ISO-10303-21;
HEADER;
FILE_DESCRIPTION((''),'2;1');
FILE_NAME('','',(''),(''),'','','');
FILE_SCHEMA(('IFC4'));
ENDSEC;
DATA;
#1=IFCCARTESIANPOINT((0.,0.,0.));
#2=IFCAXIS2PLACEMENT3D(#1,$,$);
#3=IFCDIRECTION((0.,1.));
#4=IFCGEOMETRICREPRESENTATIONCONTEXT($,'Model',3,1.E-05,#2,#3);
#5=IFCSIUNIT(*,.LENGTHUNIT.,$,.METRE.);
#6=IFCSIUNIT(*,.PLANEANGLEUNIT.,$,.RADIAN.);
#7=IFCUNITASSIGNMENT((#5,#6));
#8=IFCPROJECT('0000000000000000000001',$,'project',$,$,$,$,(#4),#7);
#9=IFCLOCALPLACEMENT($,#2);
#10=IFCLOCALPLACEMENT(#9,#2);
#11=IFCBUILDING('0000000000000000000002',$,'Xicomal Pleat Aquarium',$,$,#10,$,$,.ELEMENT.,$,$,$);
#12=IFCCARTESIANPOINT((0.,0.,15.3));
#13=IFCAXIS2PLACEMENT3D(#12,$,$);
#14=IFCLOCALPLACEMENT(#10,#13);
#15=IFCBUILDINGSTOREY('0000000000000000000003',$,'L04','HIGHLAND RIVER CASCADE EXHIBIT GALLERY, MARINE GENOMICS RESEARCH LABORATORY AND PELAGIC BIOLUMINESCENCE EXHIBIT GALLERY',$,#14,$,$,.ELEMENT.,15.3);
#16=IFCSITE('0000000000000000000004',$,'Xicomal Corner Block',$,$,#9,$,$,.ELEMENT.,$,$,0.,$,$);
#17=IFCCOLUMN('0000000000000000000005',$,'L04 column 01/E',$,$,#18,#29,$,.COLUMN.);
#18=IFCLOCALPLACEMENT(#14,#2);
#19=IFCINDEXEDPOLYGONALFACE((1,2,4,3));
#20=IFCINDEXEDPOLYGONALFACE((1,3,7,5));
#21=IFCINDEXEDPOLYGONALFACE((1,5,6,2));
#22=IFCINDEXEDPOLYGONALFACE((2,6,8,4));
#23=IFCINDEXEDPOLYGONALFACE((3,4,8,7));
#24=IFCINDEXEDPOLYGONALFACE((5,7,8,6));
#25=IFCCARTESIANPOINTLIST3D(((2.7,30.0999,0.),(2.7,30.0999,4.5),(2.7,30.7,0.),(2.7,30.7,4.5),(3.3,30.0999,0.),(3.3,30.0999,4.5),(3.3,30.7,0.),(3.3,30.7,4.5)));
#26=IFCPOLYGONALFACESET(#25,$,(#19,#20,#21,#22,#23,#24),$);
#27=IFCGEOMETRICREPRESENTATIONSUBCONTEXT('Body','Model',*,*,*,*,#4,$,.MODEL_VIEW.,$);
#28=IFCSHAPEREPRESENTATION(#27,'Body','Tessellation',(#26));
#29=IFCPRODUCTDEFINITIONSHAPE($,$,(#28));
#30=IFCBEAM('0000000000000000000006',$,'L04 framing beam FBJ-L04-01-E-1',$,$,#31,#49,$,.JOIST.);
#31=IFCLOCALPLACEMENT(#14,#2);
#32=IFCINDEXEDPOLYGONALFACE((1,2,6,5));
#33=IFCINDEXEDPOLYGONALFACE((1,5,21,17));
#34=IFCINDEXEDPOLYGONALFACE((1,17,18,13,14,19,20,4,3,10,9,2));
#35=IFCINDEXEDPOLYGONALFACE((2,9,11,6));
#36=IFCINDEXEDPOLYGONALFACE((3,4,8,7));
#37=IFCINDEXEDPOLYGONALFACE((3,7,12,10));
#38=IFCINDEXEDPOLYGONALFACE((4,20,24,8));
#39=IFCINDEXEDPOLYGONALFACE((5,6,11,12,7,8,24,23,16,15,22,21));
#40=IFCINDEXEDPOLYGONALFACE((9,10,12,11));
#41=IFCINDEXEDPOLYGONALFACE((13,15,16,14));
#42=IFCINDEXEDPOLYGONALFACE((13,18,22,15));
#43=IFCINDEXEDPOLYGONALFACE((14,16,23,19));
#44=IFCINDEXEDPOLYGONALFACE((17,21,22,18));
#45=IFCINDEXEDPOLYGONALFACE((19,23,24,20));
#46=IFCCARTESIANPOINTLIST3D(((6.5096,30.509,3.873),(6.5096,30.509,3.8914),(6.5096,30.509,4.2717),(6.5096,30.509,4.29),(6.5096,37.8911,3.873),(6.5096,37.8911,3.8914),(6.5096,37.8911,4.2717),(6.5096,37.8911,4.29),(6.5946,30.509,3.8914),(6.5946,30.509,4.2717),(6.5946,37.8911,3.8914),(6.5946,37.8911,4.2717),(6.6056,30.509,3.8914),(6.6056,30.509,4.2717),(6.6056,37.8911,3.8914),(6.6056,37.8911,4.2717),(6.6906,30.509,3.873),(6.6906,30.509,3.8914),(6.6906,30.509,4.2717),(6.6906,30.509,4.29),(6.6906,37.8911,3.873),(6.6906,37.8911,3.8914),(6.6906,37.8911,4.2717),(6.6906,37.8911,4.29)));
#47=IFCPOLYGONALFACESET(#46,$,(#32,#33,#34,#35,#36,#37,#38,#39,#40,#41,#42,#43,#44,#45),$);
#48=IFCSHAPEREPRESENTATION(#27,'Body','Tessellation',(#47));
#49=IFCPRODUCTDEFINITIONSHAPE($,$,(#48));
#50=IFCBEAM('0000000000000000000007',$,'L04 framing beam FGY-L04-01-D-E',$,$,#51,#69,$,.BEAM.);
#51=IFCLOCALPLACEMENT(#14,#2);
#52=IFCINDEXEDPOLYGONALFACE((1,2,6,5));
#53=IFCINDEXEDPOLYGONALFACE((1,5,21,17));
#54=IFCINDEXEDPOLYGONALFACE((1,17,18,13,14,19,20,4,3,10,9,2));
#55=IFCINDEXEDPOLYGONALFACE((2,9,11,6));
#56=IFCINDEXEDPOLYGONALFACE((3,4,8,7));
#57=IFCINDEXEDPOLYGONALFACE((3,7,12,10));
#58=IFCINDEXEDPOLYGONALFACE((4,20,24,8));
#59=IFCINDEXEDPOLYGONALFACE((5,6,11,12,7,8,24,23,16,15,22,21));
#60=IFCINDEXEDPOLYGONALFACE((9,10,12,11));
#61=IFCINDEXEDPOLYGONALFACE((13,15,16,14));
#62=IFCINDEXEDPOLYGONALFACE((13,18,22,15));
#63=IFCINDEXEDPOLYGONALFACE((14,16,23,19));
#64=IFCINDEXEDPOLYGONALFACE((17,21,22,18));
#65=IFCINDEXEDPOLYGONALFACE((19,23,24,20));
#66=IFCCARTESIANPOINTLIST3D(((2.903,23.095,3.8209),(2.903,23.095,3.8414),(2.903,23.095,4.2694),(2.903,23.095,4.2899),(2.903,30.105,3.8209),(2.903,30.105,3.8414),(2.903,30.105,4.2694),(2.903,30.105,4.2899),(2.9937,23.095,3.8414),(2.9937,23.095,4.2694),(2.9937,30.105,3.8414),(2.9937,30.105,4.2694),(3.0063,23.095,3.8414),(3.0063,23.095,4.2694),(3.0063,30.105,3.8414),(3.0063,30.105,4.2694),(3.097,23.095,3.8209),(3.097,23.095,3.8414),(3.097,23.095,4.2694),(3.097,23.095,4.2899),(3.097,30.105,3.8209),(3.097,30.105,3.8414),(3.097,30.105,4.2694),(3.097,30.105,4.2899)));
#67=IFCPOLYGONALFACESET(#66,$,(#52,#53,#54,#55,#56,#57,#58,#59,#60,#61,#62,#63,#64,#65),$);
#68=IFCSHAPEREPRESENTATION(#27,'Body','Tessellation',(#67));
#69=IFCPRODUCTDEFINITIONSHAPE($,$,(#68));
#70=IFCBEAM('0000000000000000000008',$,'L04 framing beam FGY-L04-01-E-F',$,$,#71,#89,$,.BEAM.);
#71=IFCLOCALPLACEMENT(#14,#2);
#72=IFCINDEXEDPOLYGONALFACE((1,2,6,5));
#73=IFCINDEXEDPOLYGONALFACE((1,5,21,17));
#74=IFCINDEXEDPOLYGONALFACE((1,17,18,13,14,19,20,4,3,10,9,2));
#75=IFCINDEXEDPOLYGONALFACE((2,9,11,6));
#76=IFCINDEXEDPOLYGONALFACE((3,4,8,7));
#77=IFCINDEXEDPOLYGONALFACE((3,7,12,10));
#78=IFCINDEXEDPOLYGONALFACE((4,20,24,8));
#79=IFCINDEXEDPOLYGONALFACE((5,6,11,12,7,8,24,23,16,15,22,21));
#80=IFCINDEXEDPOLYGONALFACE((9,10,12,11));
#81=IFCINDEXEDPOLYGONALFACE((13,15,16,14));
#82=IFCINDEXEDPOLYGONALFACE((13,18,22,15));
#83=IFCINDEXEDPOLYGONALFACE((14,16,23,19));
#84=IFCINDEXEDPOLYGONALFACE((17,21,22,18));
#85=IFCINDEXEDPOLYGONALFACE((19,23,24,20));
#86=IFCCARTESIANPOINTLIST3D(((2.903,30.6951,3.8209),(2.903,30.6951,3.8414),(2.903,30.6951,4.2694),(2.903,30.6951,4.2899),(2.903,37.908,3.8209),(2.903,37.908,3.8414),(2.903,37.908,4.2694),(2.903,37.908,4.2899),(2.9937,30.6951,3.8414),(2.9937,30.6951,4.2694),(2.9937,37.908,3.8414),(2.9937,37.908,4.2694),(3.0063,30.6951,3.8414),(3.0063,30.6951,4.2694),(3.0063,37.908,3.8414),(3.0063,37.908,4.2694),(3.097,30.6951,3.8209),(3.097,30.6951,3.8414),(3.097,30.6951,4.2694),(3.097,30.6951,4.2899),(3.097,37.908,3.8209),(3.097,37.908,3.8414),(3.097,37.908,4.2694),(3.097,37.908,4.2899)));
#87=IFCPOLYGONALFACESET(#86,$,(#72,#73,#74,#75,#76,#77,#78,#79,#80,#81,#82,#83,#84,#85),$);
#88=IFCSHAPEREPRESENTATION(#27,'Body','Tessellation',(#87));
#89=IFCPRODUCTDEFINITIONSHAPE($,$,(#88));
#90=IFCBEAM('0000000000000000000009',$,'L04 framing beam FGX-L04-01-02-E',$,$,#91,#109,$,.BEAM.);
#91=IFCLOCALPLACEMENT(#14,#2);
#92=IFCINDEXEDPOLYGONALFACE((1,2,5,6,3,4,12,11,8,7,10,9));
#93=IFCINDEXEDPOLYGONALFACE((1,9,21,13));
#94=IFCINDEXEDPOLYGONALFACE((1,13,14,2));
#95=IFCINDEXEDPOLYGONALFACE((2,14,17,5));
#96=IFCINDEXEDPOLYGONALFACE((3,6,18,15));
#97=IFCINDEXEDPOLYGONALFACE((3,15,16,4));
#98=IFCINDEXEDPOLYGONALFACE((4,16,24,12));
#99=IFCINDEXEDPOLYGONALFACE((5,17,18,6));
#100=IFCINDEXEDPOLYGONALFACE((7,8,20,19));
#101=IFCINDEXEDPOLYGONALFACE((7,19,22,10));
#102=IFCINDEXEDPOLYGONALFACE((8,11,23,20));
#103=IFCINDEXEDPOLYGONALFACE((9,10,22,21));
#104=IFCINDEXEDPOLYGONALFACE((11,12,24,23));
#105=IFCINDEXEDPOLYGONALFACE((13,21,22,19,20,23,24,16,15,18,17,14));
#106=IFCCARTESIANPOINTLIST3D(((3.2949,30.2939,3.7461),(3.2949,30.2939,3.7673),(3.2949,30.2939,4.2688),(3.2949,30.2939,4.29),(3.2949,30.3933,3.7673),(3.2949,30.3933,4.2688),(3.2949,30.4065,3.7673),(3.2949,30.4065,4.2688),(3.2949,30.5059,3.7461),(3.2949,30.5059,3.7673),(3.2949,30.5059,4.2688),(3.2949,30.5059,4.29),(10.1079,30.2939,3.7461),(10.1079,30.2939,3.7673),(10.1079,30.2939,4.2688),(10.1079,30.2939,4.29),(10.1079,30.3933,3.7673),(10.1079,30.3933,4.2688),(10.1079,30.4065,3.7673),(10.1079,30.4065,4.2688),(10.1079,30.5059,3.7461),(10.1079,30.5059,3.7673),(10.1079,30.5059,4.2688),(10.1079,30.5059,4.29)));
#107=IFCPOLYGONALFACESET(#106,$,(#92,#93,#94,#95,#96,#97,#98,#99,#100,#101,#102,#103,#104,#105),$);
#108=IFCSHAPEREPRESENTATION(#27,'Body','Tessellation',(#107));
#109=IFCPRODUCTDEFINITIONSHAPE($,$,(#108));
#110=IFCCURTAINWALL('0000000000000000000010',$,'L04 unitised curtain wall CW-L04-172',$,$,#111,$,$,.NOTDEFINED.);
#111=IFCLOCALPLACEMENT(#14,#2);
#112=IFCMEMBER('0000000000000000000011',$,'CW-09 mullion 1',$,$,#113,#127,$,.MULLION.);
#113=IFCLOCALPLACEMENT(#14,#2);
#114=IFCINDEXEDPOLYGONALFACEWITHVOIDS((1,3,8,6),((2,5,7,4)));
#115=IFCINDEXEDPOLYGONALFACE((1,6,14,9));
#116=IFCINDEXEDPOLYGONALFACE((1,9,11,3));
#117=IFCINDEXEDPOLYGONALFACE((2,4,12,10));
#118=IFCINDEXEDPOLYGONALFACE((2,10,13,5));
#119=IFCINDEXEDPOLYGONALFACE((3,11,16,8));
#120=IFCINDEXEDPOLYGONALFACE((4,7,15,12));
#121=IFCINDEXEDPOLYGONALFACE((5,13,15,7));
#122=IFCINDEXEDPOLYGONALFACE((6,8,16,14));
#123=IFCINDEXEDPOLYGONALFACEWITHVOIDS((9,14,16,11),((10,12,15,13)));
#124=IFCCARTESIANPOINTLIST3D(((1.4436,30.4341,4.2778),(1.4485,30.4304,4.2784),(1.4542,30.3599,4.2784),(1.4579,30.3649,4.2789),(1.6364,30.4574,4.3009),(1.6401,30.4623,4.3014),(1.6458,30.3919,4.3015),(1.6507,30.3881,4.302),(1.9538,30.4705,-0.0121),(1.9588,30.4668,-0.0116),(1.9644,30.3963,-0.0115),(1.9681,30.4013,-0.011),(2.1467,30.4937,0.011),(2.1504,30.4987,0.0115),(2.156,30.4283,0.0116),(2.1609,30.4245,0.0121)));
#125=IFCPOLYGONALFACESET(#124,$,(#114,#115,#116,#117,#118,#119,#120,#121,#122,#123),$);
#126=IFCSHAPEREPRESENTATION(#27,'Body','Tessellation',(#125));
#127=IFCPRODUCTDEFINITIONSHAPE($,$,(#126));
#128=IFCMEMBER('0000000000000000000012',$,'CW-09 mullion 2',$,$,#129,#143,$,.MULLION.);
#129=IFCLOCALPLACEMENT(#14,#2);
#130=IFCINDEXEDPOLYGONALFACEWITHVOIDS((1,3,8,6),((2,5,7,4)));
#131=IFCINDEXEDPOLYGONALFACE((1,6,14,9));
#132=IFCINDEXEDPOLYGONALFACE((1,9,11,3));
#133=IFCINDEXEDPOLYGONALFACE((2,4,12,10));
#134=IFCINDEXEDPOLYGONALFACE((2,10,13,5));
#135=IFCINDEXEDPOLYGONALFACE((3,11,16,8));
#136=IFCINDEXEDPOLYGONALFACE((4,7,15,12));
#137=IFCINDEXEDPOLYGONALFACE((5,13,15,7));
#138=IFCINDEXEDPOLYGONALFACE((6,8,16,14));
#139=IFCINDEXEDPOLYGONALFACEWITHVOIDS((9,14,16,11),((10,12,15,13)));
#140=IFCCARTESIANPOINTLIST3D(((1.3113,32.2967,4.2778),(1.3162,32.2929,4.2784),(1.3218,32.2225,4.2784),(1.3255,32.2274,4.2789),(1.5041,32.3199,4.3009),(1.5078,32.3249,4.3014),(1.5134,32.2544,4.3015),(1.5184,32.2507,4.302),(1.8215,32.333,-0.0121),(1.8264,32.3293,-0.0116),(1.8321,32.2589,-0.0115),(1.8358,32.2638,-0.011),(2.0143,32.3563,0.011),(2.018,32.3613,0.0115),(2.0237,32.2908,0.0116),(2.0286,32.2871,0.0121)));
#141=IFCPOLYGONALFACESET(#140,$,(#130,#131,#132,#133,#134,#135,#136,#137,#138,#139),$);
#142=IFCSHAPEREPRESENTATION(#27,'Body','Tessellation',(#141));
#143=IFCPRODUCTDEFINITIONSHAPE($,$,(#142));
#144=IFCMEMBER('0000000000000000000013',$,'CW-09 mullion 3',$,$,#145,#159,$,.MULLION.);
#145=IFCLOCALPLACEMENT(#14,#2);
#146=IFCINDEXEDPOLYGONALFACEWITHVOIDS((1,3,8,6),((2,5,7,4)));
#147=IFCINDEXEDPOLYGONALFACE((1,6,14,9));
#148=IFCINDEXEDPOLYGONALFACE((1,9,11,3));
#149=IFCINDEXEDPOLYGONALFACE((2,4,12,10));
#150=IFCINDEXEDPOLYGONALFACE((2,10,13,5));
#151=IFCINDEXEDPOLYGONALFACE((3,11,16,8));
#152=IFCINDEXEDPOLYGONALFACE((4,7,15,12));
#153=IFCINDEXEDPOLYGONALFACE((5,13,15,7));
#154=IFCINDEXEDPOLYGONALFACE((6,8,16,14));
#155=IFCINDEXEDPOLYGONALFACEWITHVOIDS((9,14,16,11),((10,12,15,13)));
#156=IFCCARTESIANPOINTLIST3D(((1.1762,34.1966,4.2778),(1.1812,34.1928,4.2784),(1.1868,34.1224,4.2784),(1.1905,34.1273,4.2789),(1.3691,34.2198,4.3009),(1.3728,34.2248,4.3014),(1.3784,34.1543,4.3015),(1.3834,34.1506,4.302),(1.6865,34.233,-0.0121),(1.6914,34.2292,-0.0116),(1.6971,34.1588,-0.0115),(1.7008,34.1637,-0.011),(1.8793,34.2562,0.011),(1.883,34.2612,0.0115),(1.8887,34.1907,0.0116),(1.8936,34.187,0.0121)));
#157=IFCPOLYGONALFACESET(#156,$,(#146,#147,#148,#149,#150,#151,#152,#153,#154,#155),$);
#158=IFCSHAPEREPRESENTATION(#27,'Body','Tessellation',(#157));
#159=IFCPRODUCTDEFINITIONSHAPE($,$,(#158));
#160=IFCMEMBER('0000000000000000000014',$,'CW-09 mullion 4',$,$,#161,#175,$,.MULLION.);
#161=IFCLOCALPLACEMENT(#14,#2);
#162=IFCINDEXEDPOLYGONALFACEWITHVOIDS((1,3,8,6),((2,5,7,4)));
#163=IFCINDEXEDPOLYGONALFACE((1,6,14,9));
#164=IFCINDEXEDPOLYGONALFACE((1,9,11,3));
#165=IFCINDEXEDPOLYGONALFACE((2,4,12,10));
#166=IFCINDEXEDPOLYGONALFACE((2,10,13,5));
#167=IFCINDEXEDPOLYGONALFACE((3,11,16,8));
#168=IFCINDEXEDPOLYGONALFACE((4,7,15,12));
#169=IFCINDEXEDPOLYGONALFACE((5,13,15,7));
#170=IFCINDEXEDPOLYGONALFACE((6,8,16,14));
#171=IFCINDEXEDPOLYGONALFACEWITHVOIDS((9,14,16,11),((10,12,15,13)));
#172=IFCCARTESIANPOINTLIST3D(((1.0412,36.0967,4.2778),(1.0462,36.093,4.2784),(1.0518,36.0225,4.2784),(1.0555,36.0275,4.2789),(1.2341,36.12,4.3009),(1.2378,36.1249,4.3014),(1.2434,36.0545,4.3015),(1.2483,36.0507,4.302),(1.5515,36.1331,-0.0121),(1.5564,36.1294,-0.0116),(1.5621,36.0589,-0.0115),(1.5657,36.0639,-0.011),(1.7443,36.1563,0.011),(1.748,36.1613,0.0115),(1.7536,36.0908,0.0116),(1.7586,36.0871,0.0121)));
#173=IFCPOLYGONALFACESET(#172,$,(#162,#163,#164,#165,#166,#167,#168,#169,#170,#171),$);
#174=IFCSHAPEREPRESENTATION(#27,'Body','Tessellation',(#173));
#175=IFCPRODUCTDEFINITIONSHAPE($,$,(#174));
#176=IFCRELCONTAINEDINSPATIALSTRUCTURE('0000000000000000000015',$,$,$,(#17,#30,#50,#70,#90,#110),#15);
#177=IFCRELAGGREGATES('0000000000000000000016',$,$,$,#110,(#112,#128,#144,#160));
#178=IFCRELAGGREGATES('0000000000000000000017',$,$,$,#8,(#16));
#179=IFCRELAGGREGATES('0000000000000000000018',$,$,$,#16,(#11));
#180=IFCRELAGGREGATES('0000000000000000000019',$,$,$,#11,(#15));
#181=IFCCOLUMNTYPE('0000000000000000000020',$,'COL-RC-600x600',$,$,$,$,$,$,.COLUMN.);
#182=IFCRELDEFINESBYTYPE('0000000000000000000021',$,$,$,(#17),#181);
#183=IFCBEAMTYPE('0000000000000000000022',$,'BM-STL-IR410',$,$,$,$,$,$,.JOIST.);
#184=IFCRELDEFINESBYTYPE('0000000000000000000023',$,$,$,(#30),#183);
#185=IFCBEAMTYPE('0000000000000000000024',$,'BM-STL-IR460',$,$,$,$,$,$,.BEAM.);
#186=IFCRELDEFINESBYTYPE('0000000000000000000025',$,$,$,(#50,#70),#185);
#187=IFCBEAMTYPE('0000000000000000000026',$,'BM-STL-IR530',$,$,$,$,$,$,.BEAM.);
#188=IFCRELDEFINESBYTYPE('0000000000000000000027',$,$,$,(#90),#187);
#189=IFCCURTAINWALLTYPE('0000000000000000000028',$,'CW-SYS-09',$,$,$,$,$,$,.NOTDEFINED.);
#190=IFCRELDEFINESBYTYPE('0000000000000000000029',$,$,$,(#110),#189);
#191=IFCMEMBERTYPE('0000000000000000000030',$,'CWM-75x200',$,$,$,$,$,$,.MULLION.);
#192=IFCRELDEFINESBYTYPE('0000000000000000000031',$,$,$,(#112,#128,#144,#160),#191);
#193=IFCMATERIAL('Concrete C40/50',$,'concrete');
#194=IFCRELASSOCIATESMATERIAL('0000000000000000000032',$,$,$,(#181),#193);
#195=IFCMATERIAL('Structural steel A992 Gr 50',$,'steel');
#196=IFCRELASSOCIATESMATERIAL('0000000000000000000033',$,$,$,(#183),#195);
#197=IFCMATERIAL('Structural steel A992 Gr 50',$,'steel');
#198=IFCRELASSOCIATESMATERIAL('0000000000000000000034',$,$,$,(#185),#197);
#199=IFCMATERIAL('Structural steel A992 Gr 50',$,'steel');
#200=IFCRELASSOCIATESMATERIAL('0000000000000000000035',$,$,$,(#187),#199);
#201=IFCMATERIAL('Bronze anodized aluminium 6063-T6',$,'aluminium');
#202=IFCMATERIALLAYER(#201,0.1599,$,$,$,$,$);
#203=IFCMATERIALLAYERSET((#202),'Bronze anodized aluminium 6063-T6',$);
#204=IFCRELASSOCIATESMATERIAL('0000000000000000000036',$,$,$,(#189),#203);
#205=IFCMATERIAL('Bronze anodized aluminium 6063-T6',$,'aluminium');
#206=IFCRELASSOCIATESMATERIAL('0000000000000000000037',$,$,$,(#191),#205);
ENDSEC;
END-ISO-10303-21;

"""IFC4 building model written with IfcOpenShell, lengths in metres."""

from ifc_helpers import new_model, si_unit, direction, frame, origin, origin_2d, place, context, subcontext, project, spatial, rectangle, hollow_rectangle, i_section, extrude, material, layer, layer_set, material_profile, profile_set, type_object, element, aggregate, save


model = new_model("IFC4")

# Units and contexts
model_context = context("Model", 3, precision=1e-05, world=origin(), true_north=direction((0.0, 1.0)))
body_context = subcontext(model_context, "Body", "Model", "MODEL_VIEW")
ifc_project = project(units=[si_unit("LENGTHUNIT", "METRE"), si_unit("PLANEANGLEUNIT", "RADIAN")], contexts=[model_context])

# Site, building, storey
site_placement = place(None, origin())
site = spatial("IfcSite", under=ifc_project, at=site_placement, Name="Xicomal Corner Block", CompositionType="ELEMENT", RefElevation=0.0)
building_placement = place(site_placement, origin())
building = spatial("IfcBuilding", under=site, at=building_placement, Name="Xicomal Pleat Aquarium", CompositionType="ELEMENT")
storey_placement = place(building_placement, frame((0.0, 0.0, 15.3)))
storey = spatial("IfcBuildingStorey", under=building, at=storey_placement, Name="L04", Description="HIGHLAND RIVER CASCADE EXHIBIT GALLERY, MARINE GENOMICS RESEARCH LABORATORY AND PELAGIC BIOLUMINESCENCE EXHIBIT GALLERY", CompositionType="ELEMENT", Elevation=15.3)

# Column
ifc_material_1 = material(Name="Concrete C40/50", Category="concrete")
ifc_material_profile_1 = material_profile(ifc_material_1, rectangle(XDim=0.6001, YDim=0.6001, at=origin_2d()), Name="RC 600x600")
ifc_profile_set_1 = profile_set([ifc_material_profile_1], Name="Concrete C40/50")
column_type = type_object("IfcColumnType", Name="COL-RC-600x600", PredefinedType="COLUMN", material=ifc_profile_set_1)
column_placement = place(storey_placement, frame((3.0, 30.3999, 0.0), z_axis=(0.0, 0.0, 1.0), x_axis=(1.0, 0.0, 0.0)))
element("IfcColumn", 1, at=column_placement, inside=storey, type_object=column_type, Name="L04 column 01/E", PredefinedType="COLUMN", context=body_context, shape_type="SweptSolid", body=[
    extrude(rectangle(XDim=0.6001, YDim=0.6001, at=origin_2d()), origin(), (0.0, 0.0, 1.0), 4.5),
])

# Beams
ifc_material_2 = material(Name="Structural steel A992 Gr 50", Category="steel")
ifc_material_profile_2 = material_profile(ifc_material_2, i_section(OverallWidth=0.1809, OverallDepth=0.417, WebThickness=0.011, FlangeThickness=0.0183, at=origin_2d()), Name="IR 410x85")
ifc_profile_set_2 = profile_set([ifc_material_profile_2], Name="Structural steel A992 Gr 50")
beam_type_1 = type_object("IfcBeamType", Name="BM-STL-IR410", PredefinedType="JOIST", material=ifc_profile_set_2)
beam_1_placement = place(storey_placement, frame((6.6001, 30.509, 4.0815), z_axis=(0.0, 1.0, 0.0), x_axis=(-1.0, 0.0, 0.0)))
element("IfcBeam", 2, at=beam_1_placement, inside=storey, type_object=beam_type_1, Name="L04 framing beam FBJ-L04-01-E-1", PredefinedType="JOIST", context=body_context, shape_type="SweptSolid", body=[
    extrude(i_section(OverallWidth=0.1809, OverallDepth=0.417, WebThickness=0.011, FlangeThickness=0.0183, at=origin_2d()), origin(), (0.0, 0.0, 1.0), 7.3821),
])
ifc_material_3 = material(Name="Structural steel A992 Gr 50", Category="steel")
ifc_material_profile_3 = material_profile(ifc_material_3, i_section(OverallWidth=0.1941, OverallDepth=0.469, WebThickness=0.0127, FlangeThickness=0.0205, at=origin_2d()), Name="IR 460x106")
ifc_profile_set_3 = profile_set([ifc_material_profile_3], Name="Structural steel A992 Gr 50")
beam_type_2 = type_object("IfcBeamType", Name="BM-STL-IR460", PredefinedType="BEAM", material=ifc_profile_set_3)
beam_2_placement = place(storey_placement, frame((3.0, 23.095, 4.0554), z_axis=(0.0, 1.0, 0.0), x_axis=(-1.0, 0.0, 0.0)))
element("IfcBeam", 3, at=beam_2_placement, inside=storey, type_object=beam_type_2, Name="L04 framing beam FGY-L04-01-D-E", PredefinedType="BEAM", context=body_context, shape_type="SweptSolid", body=[
    extrude(i_section(OverallWidth=0.1941, OverallDepth=0.469, WebThickness=0.0127, FlangeThickness=0.0205, at=origin_2d()), origin(), (0.0, 0.0, 1.0), 7.01),
])
beam_3_placement = place(storey_placement, frame((3.0, 30.6951, 4.0554), z_axis=(0.0, 1.0, 0.0), x_axis=(-1.0, 0.0, 0.0)))
element("IfcBeam", 4, at=beam_3_placement, inside=storey, type_object=beam_type_2, Name="L04 framing beam FGY-L04-01-E-F", PredefinedType="BEAM", context=body_context, shape_type="SweptSolid", body=[
    extrude(i_section(OverallWidth=0.1941, OverallDepth=0.469, WebThickness=0.0127, FlangeThickness=0.0205, at=origin_2d()), origin(), (0.0, 0.0, 1.0), 7.2129),
])
ifc_material_4 = material(Name="Structural steel A992 Gr 50", Category="steel")
ifc_material_profile_4 = material_profile(ifc_material_4, i_section(OverallWidth=0.2119, OverallDepth=0.5439, WebThickness=0.0132, FlangeThickness=0.0212, at=origin_2d()), Name="IR 530x123")
ifc_profile_set_4 = profile_set([ifc_material_profile_4], Name="Structural steel A992 Gr 50")
beam_type_3 = type_object("IfcBeamType", Name="BM-STL-IR530", PredefinedType="BEAM", material=ifc_profile_set_4)
beam_4_placement = place(storey_placement, frame((3.2949, 30.3999, 4.0181), z_axis=(1.0, 0.0, 0.0), x_axis=(0.0, 1.0, 0.0)))
element("IfcBeam", 5, at=beam_4_placement, inside=storey, type_object=beam_type_3, Name="L04 framing beam FGX-L04-01-02-E", PredefinedType="BEAM", context=body_context, shape_type="SweptSolid", body=[
    extrude(i_section(OverallWidth=0.2119, OverallDepth=0.5439, WebThickness=0.0132, FlangeThickness=0.0212, at=origin_2d()), origin(), (0.0, 0.0, 1.0), 6.813),
])

# Curtain wall, members
ifc_material_5 = material(Name="Bronze anodized aluminium 6063-T6", Category="aluminium")
ifc_layer_1 = layer(ifc_material_5, 0.1599)
ifc_layer_set_1 = layer_set([ifc_layer_1], Name="Bronze anodized aluminium 6063-T6")
curtain_wall_type = type_object("IfcCurtainWallType", Name="CW-SYS-09", PredefinedType="NOTDEFINED", material=ifc_layer_set_1)
curtain_wall_placement = place(storey_placement, origin())
curtain_wall = element("IfcCurtainWall", 6, at=curtain_wall_placement, inside=storey, type_object=curtain_wall_type, Name="L04 unitised curtain wall CW-L04-172", PredefinedType="NOTDEFINED")
ifc_material_6 = material(Name="Bronze anodized aluminium 6063-T6", Category="aluminium")
ifc_material_profile_5 = material_profile(ifc_material_6, hollow_rectangle(XDim=0.075, YDim=0.2, WallThickness=0.0044, at=origin_2d()), Name="ALU MULL 75x200")
ifc_profile_set_5 = profile_set([ifc_material_profile_5], Name="Bronze anodized aluminium 6063-T6")
member_type_1 = type_object("IfcMemberType", Name="CWM-75x200", PredefinedType="MULLION", material=ifc_profile_set_5)
member_1_placement = place(storey_placement, frame((2.0574, 30.4475, 0.0), z_axis=(-0.118103, -0.00842, 0.992966), x_axis=(-0.14113, 0.989956, -0.008392)))
member_1 = element("IfcMember", 7, at=member_1_placement, type_object=member_type_1, Name="CW-09 mullion 1", PredefinedType="MULLION", context=body_context, shape_type="SweptSolid", body=[
    extrude(hollow_rectangle(XDim=0.075, YDim=0.2, WallThickness=0.0044, at=origin_2d()), origin(), (0.0, 0.0, 1.0), 4.3203),
])
member_2_placement = place(storey_placement, frame((1.925, 32.3101, 0.0), z_axis=(-0.118103, -0.00842, 0.992966), x_axis=(-0.14113, 0.989956, -0.008392)))
member_2 = element("IfcMember", 8, at=member_2_placement, type_object=member_type_1, Name="CW-09 mullion 2", PredefinedType="MULLION", context=body_context, shape_type="SweptSolid", body=[
    extrude(hollow_rectangle(XDim=0.075, YDim=0.2, WallThickness=0.0044, at=origin_2d()), origin(), (0.0, 0.0, 1.0), 4.3203),
])
member_3_placement = place(storey_placement, frame((1.79, 34.21, 0.0), z_axis=(-0.118103, -0.00842, 0.992966), x_axis=(-0.14113, 0.989956, -0.008392)))
member_3 = element("IfcMember", 9, at=member_3_placement, type_object=member_type_1, Name="CW-09 mullion 3", PredefinedType="MULLION", context=body_context, shape_type="SweptSolid", body=[
    extrude(hollow_rectangle(XDim=0.075, YDim=0.2, WallThickness=0.0044, at=origin_2d()), origin(), (0.0, 0.0, 1.0), 4.3203),
])
member_4_placement = place(storey_placement, frame((1.655, 36.1101, 0.0), z_axis=(-0.118103, -0.00842, 0.992966), x_axis=(-0.14113, 0.989956, -0.008392)))
member_4 = element("IfcMember", 10, at=member_4_placement, type_object=member_type_1, Name="CW-09 mullion 4", PredefinedType="MULLION", context=body_context, shape_type="SweptSolid", body=[
    extrude(hollow_rectangle(XDim=0.075, YDim=0.2, WallThickness=0.0044, at=origin_2d()), origin(), (0.0, 0.0, 1.0), 4.3203),
])

aggregate(curtain_wall, [member_1, member_2, member_3, member_4])

save(model, "model.ifc")
